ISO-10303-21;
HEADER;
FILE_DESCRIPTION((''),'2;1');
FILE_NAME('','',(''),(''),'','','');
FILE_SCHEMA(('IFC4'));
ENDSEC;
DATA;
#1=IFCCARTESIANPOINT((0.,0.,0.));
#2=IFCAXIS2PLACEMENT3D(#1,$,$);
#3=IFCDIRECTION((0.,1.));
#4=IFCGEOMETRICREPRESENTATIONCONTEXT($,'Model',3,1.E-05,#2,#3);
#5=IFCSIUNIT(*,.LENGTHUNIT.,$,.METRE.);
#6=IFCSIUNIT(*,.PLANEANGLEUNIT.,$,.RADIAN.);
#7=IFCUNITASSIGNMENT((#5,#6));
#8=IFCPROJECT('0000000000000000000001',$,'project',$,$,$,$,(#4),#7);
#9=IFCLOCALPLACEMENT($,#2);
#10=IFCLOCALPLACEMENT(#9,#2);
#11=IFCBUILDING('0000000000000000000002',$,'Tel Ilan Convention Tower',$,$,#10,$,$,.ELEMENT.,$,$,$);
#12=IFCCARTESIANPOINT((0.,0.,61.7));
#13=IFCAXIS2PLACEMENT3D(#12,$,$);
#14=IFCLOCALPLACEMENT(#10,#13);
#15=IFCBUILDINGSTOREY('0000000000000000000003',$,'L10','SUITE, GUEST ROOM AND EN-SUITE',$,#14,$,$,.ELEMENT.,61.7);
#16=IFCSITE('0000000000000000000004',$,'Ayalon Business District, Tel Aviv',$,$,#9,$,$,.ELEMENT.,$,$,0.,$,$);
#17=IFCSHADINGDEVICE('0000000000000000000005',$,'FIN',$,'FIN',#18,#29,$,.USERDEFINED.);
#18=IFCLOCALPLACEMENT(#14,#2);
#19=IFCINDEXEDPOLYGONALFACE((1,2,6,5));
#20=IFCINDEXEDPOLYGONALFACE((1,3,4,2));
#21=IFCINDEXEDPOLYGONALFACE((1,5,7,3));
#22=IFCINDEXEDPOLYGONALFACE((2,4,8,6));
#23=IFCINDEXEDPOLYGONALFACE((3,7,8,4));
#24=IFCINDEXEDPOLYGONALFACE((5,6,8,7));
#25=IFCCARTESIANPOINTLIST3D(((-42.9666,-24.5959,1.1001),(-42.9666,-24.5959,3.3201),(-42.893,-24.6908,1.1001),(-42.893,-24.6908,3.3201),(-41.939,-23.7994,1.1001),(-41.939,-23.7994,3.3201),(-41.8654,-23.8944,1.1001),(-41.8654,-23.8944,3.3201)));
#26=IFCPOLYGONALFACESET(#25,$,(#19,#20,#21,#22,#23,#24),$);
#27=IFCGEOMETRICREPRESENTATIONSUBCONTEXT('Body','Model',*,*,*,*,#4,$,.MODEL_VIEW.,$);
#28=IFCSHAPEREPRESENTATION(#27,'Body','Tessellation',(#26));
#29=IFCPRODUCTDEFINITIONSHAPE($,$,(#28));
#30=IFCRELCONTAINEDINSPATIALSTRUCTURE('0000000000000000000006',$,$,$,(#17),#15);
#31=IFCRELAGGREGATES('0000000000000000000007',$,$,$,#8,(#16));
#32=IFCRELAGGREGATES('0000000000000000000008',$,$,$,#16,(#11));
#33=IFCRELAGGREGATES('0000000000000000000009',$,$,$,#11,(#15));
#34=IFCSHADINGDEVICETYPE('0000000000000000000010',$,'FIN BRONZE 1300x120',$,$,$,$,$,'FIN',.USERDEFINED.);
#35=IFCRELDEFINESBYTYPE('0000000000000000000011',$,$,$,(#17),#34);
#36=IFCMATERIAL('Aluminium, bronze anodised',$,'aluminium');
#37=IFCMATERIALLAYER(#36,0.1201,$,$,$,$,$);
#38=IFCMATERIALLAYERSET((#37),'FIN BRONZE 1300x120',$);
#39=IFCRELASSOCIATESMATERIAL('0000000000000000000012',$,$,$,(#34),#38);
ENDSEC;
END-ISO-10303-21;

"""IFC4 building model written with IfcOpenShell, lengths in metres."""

from ifc_helpers import new_model, si_unit, direction, frame, origin, origin_2d, place, context, subcontext, project, spatial, rectangle, extrude, material, layer, layer_set, type_object, element, save


model = new_model("IFC4")

# Units and contexts
model_context = context("Model", 3, precision=1e-05, world=origin(), true_north=direction((0.0, 1.0)))
body_context = subcontext(model_context, "Body", "Model", "MODEL_VIEW")
ifc_project = project(units=[si_unit("LENGTHUNIT", "METRE"), si_unit("PLANEANGLEUNIT", "RADIAN")], contexts=[model_context])

# Site, building, storey
site_placement = place(None, origin())
site = spatial("IfcSite", under=ifc_project, at=site_placement, Name="Ayalon Business District, Tel Aviv", CompositionType="ELEMENT", RefElevation=0.0)
building_placement = place(site_placement, origin())
building = spatial("IfcBuilding", under=site, at=building_placement, Name="Tel Ilan Convention Tower", CompositionType="ELEMENT")
storey_placement = place(building_placement, frame((0.0, 0.0, 61.7)))
storey = spatial("IfcBuildingStorey", under=building, at=storey_placement, Name="L10", Description="SUITE, GUEST ROOM AND EN-SUITE", CompositionType="ELEMENT", Elevation=61.7)

# Shading device
ifc_material_1 = material(Name="Aluminium, bronze anodised", Category="aluminium")
ifc_layer_1 = layer(ifc_material_1, 0.1201)
ifc_layer_set_1 = layer_set([ifc_layer_1], Name="FIN BRONZE 1300x120")
shading_device_type = type_object("IfcShadingDeviceType", Name="FIN BRONZE 1300x120", ElementType="FIN", PredefinedType="USERDEFINED", material=ifc_layer_set_1)
for number, where, z_axis, x_axis, name in (
    (1, (-42.416, -24.2451, 1.1001), (0.0, 0.0, 1.0), (-0.790393, -0.612601, 0.0), "FIN"),
):
    element("IfcShadingDevice", number, at=place(storey_placement, frame(where, z_axis=z_axis, x_axis=x_axis)), inside=storey, type_object=shading_device_type, Name=name, ObjectType="FIN", PredefinedType="USERDEFINED", context=body_context, shape_type="SweptSolid", body=[
        extrude(rectangle(XDim=1.3, YDim=0.1201, at=origin_2d()), origin(), (0.0, 0.0, 1.0), 2.22),
    ])

save(model, "model.ifc")
